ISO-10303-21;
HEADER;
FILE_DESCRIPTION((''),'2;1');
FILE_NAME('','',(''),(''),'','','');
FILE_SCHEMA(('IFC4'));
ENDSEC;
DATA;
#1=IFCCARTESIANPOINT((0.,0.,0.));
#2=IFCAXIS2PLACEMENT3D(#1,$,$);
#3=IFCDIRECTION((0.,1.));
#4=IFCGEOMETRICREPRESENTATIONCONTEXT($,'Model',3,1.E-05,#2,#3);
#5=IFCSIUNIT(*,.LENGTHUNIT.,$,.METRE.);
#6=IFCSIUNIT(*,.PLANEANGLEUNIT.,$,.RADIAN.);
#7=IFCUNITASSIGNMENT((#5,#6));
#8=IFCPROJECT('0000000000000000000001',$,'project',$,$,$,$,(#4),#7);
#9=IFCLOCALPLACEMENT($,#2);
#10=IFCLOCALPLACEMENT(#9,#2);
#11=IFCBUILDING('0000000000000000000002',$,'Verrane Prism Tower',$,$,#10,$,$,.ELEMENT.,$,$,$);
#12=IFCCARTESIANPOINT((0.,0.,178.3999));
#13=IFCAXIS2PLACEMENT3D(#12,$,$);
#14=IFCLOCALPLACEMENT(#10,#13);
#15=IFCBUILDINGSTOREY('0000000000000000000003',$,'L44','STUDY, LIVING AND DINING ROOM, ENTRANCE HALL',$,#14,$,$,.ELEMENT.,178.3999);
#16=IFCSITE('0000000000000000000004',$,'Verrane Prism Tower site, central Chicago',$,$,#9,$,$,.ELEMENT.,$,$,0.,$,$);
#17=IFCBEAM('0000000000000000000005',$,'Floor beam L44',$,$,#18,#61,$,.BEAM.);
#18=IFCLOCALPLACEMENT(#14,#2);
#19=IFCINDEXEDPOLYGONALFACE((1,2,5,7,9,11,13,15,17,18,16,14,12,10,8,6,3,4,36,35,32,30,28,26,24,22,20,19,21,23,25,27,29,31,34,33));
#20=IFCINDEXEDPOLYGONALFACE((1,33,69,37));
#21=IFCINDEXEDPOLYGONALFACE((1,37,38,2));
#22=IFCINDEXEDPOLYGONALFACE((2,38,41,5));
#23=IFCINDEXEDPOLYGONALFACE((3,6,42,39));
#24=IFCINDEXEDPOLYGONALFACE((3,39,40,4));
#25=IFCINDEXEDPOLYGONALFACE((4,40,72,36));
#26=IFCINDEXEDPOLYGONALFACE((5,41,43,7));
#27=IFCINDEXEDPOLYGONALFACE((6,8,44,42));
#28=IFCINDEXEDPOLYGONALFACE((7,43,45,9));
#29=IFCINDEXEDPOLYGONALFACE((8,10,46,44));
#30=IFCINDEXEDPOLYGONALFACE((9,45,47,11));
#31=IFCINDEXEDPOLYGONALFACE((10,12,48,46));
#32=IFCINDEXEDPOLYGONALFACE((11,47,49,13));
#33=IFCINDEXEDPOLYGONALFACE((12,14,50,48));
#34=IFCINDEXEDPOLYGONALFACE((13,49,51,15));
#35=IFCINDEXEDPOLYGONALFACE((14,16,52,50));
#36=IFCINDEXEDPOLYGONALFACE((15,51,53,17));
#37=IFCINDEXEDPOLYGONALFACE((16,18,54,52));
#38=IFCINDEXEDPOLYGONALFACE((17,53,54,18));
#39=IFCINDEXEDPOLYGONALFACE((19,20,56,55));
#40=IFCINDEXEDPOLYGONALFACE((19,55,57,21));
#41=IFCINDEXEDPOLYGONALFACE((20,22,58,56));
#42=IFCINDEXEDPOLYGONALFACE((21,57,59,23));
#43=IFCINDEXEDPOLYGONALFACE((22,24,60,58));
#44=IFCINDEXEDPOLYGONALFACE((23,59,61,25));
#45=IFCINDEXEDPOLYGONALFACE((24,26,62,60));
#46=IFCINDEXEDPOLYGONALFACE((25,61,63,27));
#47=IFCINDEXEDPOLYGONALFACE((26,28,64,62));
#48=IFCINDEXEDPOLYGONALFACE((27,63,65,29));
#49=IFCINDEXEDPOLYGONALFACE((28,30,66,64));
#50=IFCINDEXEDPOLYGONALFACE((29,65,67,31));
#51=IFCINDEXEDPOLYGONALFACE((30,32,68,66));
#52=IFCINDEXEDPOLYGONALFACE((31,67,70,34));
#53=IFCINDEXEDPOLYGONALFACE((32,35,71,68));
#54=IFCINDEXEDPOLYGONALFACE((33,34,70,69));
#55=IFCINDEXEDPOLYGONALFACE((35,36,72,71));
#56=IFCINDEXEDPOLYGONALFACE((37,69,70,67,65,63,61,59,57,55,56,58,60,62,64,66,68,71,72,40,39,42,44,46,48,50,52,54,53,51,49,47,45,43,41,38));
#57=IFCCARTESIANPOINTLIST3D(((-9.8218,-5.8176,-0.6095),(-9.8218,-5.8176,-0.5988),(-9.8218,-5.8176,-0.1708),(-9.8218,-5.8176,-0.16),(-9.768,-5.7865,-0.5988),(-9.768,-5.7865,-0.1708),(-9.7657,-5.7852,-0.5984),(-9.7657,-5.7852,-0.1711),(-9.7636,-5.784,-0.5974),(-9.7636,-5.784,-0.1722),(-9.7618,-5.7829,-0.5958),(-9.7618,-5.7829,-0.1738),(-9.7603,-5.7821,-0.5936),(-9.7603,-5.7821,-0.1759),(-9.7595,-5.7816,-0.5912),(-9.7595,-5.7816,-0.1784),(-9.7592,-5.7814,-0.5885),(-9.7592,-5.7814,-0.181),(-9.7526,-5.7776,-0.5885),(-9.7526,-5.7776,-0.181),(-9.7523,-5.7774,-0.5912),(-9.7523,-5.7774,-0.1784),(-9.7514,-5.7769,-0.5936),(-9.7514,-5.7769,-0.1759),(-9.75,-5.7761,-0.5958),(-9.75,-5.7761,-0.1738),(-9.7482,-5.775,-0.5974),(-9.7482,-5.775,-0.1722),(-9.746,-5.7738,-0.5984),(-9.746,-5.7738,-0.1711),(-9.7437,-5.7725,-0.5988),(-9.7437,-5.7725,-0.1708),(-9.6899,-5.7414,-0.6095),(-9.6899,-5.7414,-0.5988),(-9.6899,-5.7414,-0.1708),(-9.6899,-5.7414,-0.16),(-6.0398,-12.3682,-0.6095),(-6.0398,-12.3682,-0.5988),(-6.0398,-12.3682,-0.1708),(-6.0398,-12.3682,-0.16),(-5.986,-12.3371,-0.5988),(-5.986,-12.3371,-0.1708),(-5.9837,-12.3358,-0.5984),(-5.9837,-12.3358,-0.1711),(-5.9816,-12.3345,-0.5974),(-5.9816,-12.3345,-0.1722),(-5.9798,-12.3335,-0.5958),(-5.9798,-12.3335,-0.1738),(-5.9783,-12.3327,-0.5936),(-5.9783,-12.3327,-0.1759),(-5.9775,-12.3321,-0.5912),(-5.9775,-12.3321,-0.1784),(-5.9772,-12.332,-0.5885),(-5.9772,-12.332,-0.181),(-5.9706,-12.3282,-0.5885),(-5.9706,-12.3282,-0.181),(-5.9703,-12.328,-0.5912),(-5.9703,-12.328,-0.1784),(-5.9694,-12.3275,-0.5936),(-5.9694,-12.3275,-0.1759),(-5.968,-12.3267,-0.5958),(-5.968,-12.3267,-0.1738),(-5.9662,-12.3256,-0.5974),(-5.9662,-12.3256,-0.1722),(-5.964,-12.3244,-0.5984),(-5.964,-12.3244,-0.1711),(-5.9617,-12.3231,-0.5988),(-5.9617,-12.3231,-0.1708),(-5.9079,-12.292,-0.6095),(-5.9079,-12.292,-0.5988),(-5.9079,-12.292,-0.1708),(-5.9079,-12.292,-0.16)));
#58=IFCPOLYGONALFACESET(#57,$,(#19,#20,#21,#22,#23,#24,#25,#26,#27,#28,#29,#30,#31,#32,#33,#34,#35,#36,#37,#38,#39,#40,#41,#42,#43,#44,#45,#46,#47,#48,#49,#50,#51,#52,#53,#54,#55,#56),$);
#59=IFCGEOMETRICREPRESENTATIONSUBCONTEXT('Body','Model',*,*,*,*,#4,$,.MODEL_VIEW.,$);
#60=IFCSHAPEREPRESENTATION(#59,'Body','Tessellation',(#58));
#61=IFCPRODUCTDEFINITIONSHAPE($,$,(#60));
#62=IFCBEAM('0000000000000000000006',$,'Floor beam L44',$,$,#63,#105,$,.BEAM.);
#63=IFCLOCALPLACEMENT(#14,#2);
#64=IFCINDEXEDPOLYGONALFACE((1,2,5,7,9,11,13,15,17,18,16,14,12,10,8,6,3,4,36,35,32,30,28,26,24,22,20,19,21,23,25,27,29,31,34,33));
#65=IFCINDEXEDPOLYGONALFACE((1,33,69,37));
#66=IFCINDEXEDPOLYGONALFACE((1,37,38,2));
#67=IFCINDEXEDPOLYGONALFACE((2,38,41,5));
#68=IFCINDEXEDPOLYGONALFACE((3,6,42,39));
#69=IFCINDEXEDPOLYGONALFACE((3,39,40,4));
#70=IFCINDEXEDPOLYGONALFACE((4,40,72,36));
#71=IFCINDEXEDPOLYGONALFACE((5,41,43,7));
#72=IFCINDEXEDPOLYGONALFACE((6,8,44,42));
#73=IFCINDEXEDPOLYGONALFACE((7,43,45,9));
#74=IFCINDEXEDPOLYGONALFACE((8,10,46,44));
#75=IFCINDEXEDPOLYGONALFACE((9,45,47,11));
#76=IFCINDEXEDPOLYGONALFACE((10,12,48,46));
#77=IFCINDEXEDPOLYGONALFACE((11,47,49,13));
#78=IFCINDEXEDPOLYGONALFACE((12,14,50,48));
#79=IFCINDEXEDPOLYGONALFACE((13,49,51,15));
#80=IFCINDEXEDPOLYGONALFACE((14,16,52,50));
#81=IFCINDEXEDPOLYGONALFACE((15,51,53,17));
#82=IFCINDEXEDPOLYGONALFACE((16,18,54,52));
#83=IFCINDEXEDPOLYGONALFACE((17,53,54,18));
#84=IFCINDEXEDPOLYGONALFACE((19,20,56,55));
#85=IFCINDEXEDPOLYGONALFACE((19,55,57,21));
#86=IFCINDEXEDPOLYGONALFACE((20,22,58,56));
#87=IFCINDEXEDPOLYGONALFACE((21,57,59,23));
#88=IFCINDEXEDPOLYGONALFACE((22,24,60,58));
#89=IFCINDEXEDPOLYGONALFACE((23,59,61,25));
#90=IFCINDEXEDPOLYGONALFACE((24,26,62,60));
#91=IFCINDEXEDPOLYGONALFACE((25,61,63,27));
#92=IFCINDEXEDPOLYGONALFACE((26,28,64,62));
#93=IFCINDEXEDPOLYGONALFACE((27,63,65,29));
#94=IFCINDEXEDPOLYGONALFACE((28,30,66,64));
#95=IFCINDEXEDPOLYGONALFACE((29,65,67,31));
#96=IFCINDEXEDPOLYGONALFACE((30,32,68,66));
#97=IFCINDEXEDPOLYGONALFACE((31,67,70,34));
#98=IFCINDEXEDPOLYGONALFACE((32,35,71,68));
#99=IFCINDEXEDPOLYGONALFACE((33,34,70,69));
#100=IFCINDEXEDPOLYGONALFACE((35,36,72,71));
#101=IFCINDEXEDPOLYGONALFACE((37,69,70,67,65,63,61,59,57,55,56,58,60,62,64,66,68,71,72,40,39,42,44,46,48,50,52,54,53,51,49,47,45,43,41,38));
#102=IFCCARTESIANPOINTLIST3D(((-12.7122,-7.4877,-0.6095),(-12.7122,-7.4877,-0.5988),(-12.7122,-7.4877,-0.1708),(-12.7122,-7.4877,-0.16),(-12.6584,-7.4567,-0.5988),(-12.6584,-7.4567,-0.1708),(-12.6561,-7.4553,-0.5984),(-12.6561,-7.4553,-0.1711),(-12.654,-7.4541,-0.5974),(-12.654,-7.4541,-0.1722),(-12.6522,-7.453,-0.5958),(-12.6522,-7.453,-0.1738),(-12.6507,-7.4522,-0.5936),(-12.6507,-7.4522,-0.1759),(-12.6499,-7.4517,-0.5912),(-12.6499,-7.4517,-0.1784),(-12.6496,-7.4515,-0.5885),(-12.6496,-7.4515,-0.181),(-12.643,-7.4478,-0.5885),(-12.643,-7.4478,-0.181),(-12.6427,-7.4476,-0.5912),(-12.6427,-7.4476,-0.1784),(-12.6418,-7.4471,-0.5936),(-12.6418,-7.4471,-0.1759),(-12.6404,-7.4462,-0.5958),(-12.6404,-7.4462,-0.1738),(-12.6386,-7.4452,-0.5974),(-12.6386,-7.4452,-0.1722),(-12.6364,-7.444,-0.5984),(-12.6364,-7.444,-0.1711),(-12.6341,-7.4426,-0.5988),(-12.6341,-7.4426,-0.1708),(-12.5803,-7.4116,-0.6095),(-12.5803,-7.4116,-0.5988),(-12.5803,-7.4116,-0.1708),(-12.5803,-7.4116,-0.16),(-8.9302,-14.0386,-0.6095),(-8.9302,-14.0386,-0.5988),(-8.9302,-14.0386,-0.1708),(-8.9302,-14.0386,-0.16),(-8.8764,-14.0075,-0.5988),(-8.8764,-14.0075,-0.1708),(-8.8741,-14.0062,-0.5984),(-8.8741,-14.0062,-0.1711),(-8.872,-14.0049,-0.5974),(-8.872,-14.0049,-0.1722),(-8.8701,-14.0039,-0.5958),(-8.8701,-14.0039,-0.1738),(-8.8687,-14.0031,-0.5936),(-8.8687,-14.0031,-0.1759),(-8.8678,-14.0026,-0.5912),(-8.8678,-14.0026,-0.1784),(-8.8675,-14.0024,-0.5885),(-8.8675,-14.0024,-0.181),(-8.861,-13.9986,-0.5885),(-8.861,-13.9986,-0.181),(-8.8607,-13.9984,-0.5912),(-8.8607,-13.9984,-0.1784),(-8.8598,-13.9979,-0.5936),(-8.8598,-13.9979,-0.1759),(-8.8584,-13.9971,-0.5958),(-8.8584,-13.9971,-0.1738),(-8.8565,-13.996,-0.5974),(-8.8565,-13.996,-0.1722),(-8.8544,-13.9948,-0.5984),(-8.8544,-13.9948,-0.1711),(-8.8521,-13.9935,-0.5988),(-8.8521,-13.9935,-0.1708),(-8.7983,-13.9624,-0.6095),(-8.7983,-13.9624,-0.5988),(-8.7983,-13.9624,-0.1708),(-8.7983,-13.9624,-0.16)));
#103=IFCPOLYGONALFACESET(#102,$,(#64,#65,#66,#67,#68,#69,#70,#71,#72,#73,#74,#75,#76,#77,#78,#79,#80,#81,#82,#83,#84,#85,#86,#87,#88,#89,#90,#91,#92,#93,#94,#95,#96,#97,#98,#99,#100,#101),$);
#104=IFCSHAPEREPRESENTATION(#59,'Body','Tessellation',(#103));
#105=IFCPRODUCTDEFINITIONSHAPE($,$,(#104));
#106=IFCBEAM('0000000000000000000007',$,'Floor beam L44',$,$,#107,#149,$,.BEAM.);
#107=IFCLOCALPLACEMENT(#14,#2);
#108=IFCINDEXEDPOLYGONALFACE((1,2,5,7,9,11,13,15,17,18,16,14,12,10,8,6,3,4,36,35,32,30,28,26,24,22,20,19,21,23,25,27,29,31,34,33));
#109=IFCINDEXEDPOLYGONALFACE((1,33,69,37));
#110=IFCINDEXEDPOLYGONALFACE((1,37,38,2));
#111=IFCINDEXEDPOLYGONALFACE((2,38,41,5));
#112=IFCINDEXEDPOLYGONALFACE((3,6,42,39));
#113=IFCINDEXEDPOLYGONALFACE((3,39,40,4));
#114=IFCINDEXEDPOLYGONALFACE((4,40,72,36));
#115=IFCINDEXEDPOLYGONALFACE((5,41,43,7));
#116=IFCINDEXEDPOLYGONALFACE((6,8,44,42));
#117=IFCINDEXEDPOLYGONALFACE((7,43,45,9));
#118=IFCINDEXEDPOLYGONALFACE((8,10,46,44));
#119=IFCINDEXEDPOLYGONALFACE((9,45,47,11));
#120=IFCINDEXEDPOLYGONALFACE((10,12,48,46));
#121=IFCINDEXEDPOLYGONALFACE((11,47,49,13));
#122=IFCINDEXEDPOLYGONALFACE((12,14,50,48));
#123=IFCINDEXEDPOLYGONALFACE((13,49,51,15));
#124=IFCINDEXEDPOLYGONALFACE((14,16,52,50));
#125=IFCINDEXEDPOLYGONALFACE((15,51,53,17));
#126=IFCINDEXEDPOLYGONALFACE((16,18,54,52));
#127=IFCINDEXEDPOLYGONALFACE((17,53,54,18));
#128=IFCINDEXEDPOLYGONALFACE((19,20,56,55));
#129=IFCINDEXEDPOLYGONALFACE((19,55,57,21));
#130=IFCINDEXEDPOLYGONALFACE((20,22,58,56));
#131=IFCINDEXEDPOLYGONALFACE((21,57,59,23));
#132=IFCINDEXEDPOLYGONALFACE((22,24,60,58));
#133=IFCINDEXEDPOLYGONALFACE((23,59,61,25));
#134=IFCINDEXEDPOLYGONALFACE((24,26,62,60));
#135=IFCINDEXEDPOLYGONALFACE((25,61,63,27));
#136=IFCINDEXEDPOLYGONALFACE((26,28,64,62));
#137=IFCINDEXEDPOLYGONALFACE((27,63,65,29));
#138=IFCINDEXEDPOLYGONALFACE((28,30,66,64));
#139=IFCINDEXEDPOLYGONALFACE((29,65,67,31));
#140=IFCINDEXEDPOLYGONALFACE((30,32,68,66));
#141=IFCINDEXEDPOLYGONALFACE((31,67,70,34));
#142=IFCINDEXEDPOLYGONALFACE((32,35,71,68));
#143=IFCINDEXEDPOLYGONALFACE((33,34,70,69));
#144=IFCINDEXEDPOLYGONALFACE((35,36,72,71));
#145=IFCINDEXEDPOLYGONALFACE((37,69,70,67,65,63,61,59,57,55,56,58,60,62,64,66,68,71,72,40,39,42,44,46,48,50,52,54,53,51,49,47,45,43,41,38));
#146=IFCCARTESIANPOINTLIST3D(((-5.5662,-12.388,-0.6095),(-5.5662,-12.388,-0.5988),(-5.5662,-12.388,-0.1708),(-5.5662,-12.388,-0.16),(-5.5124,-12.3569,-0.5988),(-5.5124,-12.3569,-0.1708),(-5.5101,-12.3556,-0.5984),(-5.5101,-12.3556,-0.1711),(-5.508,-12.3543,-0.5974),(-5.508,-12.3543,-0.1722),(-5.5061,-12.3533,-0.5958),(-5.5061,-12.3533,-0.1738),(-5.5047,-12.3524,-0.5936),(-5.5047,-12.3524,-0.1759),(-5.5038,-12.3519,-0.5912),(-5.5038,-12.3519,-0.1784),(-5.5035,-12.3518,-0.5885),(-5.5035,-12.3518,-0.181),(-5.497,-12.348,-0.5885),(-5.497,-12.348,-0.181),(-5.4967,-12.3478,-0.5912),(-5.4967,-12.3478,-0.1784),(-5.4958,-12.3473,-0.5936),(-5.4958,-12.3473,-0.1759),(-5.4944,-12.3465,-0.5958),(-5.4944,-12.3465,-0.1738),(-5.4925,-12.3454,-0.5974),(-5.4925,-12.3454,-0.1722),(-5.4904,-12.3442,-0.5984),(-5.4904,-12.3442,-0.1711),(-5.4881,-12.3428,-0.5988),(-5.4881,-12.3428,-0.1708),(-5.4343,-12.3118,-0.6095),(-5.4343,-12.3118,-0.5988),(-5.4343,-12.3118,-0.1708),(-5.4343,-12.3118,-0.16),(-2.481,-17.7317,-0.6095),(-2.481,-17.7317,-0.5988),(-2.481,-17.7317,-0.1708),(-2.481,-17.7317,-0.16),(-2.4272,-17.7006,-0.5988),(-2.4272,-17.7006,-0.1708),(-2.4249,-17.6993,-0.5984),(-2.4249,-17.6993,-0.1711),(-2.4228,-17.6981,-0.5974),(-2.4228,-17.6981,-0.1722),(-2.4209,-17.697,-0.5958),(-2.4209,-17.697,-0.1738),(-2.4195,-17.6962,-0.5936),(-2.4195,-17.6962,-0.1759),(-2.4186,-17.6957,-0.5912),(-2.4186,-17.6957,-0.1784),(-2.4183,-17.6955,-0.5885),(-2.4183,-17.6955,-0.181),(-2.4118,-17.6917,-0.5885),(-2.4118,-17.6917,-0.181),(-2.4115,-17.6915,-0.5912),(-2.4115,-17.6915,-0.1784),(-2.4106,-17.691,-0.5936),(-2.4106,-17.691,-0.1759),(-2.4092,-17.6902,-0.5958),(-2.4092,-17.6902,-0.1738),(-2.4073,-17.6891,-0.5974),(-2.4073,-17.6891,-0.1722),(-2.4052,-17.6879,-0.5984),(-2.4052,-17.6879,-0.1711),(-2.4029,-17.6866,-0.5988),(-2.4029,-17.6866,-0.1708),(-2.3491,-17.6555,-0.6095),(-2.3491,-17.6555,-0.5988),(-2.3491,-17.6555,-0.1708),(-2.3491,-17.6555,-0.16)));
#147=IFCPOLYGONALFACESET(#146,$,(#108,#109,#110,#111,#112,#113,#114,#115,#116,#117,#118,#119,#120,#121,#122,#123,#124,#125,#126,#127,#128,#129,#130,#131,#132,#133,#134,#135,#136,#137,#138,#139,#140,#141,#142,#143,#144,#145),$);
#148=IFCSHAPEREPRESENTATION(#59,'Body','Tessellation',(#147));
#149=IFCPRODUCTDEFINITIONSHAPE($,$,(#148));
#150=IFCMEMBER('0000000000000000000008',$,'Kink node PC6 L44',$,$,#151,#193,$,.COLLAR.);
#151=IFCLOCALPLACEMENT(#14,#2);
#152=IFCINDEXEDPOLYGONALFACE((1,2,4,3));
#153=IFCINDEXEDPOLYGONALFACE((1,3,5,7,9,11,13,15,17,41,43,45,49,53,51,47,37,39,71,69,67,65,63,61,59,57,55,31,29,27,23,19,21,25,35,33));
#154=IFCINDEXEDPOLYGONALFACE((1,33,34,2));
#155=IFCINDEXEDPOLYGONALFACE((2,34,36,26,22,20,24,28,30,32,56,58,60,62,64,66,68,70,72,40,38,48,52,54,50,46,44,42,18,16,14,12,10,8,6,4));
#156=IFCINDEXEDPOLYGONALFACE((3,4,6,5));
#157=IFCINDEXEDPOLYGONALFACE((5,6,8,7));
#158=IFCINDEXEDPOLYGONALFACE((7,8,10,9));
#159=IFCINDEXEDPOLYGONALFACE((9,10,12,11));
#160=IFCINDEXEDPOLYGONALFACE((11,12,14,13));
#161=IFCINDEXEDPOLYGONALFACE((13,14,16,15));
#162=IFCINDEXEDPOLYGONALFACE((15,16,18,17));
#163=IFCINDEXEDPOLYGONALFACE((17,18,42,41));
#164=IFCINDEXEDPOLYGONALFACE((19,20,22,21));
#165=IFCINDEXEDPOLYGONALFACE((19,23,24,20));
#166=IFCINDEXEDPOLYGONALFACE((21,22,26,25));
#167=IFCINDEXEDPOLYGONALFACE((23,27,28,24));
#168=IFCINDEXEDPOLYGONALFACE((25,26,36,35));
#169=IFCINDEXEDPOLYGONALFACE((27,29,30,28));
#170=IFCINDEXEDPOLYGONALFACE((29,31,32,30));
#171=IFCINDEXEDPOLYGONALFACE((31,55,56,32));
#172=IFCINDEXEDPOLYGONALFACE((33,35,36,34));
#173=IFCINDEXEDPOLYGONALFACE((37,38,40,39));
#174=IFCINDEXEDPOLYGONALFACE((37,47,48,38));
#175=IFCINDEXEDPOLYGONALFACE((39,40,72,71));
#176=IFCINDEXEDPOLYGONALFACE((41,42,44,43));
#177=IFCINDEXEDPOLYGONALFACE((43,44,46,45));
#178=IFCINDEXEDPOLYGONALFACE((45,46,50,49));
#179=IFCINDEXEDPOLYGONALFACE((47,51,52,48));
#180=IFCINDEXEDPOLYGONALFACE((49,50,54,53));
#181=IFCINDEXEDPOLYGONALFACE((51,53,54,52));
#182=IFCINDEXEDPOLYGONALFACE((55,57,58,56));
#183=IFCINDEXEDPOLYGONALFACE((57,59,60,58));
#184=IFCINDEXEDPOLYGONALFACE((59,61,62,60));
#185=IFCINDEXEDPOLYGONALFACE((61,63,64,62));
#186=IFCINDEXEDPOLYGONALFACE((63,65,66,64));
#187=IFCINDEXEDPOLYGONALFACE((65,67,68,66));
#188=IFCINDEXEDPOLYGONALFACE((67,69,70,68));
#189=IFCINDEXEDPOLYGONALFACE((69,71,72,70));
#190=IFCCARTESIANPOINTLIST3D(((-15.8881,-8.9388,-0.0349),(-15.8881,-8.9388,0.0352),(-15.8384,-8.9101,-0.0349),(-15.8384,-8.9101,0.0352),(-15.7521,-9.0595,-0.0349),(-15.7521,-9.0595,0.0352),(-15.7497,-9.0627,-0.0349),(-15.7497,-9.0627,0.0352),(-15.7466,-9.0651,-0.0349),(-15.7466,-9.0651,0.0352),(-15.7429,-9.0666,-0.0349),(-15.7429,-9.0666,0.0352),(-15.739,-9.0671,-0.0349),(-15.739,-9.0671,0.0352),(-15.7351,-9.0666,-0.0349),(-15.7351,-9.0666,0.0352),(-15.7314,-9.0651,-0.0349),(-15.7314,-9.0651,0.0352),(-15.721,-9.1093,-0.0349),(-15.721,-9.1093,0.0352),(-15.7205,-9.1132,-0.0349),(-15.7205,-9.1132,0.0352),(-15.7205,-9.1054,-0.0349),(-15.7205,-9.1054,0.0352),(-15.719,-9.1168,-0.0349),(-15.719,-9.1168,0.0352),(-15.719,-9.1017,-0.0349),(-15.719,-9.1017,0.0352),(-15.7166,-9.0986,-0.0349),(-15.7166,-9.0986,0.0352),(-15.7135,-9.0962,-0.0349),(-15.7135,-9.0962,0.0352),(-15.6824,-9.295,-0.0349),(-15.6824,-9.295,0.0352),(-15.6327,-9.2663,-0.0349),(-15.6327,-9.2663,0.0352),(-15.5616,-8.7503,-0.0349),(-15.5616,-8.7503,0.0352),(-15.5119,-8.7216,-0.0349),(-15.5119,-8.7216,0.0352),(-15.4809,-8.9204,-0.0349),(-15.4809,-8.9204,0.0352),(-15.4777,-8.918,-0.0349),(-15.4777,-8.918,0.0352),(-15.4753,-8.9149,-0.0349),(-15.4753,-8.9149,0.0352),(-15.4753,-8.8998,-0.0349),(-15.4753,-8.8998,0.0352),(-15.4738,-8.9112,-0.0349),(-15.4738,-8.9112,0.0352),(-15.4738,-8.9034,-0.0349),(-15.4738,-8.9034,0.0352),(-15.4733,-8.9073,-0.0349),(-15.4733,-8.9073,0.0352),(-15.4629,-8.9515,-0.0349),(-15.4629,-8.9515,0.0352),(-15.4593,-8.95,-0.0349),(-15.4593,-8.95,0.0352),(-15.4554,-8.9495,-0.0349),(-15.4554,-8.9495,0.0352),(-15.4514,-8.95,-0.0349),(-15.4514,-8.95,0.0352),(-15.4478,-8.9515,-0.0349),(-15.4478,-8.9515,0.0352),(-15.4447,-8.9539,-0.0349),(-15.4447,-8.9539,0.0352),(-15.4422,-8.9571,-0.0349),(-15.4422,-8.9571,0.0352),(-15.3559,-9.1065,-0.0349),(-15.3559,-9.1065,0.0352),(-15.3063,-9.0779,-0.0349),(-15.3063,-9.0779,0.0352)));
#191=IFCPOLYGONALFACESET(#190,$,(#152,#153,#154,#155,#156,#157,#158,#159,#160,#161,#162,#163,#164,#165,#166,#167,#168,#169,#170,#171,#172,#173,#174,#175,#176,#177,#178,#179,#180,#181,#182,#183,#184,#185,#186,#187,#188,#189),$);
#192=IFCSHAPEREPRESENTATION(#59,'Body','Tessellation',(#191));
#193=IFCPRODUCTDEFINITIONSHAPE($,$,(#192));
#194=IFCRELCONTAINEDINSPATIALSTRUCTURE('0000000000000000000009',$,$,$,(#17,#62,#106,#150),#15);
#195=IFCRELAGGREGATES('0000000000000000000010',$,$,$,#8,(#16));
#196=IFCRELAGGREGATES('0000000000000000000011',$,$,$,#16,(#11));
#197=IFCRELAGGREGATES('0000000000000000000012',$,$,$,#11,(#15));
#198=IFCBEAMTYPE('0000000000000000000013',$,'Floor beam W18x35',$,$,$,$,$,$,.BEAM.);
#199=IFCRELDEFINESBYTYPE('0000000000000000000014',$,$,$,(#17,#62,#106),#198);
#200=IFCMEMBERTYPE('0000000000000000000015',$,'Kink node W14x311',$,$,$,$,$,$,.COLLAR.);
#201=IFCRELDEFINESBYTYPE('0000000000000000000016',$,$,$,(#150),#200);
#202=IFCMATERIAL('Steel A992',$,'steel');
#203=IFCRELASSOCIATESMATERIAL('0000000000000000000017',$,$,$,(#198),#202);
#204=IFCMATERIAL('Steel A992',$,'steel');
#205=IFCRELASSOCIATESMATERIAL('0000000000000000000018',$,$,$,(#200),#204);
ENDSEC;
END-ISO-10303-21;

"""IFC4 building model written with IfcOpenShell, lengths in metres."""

from ifc_helpers import new_model, si_unit, direction, frame, origin, origin_2d, place, context, subcontext, project, spatial, i_section, extrude, material, material_profile, profile_set, type_object, element, save


model = new_model("IFC4")

# Units and contexts
model_context = context("Model", 3, precision=1e-05, world=origin(), true_north=direction((0.0, 1.0)))
body_context = subcontext(model_context, "Body", "Model", "MODEL_VIEW")
ifc_project = project(units=[si_unit("LENGTHUNIT", "METRE"), si_unit("PLANEANGLEUNIT", "RADIAN")], contexts=[model_context])

# Site, building, storey
site_placement = place(None, origin())
site = spatial("IfcSite", under=ifc_project, at=site_placement, Name="Verrane Prism Tower site, central Chicago", CompositionType="ELEMENT", RefElevation=0.0)
building_placement = place(site_placement, origin())
building = spatial("IfcBuilding", under=site, at=building_placement, Name="Verrane Prism Tower", CompositionType="ELEMENT")
storey_placement = place(building_placement, frame((0.0, 0.0, 178.3999)))
storey = spatial("IfcBuildingStorey", under=building, at=storey_placement, Name="L44", Description="STUDY, LIVING AND DINING ROOM, ENTRANCE HALL", CompositionType="ELEMENT", Elevation=178.3999)

# Beams
ifc_material_1 = material(Name="Steel A992", Category="steel")
ifc_material_profile_1 = material_profile(ifc_material_1, i_section(OverallWidth=0.1523, OverallDepth=0.4495, WebThickness=0.0076, FlangeThickness=0.0107, FilletRadius=0.0103, at=origin_2d()), Name="W18x35")
ifc_profile_set_1 = profile_set([ifc_material_profile_1], Name="Steel A992")
beam_type_1 = type_object("IfcBeamType", Name="Floor beam W18x35", PredefinedType="BEAM", material=ifc_profile_set_1)
beam_1_placement = place(storey_placement, frame((-5.9739, -12.3301, -0.3848), z_axis=(-0.500003, 0.866024, 0.0), x_axis=(-0.866024, -0.500003, 0.0)))
element("IfcBeam", 1, at=beam_1_placement, inside=storey, type_object=beam_type_1, Name="Floor beam L44", PredefinedType="BEAM", context=body_context, shape_type="SweptSolid", body=[
    extrude(i_section(OverallWidth=0.1523, OverallDepth=0.4495, WebThickness=0.0076, FlangeThickness=0.0107, FilletRadius=0.0103, at=origin_2d()), origin(), (0.0, 0.0, 1.0), 7.564),
])
beam_2_placement = place(storey_placement, frame((-8.8643, -14.0005, -0.3848), z_axis=(-0.499989, 0.866032, 0.0), x_axis=(-0.866032, -0.499989, 0.0)))
element("IfcBeam", 2, at=beam_2_placement, inside=storey, type_object=beam_type_1, Name="Floor beam L44", PredefinedType="BEAM", context=body_context, shape_type="SweptSolid", body=[
    extrude(i_section(OverallWidth=0.1523, OverallDepth=0.4495, WebThickness=0.0076, FlangeThickness=0.0107, FilletRadius=0.0103, at=origin_2d()), origin(), (0.0, 0.0, 1.0), 7.5642),
])
beam_3_placement = place(storey_placement, frame((-2.415, -17.6936, -0.3848), z_axis=(-0.499999, 0.866026, 0.0), x_axis=(-0.866026, -0.499999, 0.0)))
element("IfcBeam", 3, at=beam_3_placement, inside=storey, type_object=beam_type_1, Name="Floor beam L44", PredefinedType="BEAM", context=body_context, shape_type="SweptSolid", body=[
    extrude(i_section(OverallWidth=0.1523, OverallDepth=0.4495, WebThickness=0.0076, FlangeThickness=0.0107, FilletRadius=0.0103, at=origin_2d()), origin(), (0.0, 0.0, 1.0), 6.1704),
])

# Member
ifc_material_2 = material(Name="Steel A992", Category="steel")
ifc_material_profile_2 = material_profile(ifc_material_2, i_section(OverallWidth=0.4114, OverallDepth=0.4343, WebThickness=0.0359, FlangeThickness=0.0574, FilletRadius=0.0151, at=origin_2d()), Name="W14x311")
ifc_profile_set_2 = profile_set([ifc_material_profile_2], Name="Steel A992")
member_type_1 = type_object("IfcMemberType", Name="Kink node W14x311", PredefinedType="COLLAR", material=ifc_profile_set_2)
for number, where, z_axis, x_axis, name in (
    (4, (-15.5972, -9.0083, -0.0349), (0.0, 0.0, 1.0), (-0.5, 0.866025, 0.0), "Kink node PC6 L44"),
):
    element("IfcMember", number, at=place(storey_placement, frame(where, z_axis=z_axis, x_axis=x_axis)), inside=storey, type_object=member_type_1, Name=name, PredefinedType="COLLAR", context=body_context, shape_type="SweptSolid", body=[
        extrude(i_section(OverallWidth=0.4114, OverallDepth=0.4343, WebThickness=0.0359, FlangeThickness=0.0574, FilletRadius=0.0151, at=origin_2d()), origin(), (0.0, 0.0, 1.0), 0.0701),
    ])

save(model, "model.ifc")
